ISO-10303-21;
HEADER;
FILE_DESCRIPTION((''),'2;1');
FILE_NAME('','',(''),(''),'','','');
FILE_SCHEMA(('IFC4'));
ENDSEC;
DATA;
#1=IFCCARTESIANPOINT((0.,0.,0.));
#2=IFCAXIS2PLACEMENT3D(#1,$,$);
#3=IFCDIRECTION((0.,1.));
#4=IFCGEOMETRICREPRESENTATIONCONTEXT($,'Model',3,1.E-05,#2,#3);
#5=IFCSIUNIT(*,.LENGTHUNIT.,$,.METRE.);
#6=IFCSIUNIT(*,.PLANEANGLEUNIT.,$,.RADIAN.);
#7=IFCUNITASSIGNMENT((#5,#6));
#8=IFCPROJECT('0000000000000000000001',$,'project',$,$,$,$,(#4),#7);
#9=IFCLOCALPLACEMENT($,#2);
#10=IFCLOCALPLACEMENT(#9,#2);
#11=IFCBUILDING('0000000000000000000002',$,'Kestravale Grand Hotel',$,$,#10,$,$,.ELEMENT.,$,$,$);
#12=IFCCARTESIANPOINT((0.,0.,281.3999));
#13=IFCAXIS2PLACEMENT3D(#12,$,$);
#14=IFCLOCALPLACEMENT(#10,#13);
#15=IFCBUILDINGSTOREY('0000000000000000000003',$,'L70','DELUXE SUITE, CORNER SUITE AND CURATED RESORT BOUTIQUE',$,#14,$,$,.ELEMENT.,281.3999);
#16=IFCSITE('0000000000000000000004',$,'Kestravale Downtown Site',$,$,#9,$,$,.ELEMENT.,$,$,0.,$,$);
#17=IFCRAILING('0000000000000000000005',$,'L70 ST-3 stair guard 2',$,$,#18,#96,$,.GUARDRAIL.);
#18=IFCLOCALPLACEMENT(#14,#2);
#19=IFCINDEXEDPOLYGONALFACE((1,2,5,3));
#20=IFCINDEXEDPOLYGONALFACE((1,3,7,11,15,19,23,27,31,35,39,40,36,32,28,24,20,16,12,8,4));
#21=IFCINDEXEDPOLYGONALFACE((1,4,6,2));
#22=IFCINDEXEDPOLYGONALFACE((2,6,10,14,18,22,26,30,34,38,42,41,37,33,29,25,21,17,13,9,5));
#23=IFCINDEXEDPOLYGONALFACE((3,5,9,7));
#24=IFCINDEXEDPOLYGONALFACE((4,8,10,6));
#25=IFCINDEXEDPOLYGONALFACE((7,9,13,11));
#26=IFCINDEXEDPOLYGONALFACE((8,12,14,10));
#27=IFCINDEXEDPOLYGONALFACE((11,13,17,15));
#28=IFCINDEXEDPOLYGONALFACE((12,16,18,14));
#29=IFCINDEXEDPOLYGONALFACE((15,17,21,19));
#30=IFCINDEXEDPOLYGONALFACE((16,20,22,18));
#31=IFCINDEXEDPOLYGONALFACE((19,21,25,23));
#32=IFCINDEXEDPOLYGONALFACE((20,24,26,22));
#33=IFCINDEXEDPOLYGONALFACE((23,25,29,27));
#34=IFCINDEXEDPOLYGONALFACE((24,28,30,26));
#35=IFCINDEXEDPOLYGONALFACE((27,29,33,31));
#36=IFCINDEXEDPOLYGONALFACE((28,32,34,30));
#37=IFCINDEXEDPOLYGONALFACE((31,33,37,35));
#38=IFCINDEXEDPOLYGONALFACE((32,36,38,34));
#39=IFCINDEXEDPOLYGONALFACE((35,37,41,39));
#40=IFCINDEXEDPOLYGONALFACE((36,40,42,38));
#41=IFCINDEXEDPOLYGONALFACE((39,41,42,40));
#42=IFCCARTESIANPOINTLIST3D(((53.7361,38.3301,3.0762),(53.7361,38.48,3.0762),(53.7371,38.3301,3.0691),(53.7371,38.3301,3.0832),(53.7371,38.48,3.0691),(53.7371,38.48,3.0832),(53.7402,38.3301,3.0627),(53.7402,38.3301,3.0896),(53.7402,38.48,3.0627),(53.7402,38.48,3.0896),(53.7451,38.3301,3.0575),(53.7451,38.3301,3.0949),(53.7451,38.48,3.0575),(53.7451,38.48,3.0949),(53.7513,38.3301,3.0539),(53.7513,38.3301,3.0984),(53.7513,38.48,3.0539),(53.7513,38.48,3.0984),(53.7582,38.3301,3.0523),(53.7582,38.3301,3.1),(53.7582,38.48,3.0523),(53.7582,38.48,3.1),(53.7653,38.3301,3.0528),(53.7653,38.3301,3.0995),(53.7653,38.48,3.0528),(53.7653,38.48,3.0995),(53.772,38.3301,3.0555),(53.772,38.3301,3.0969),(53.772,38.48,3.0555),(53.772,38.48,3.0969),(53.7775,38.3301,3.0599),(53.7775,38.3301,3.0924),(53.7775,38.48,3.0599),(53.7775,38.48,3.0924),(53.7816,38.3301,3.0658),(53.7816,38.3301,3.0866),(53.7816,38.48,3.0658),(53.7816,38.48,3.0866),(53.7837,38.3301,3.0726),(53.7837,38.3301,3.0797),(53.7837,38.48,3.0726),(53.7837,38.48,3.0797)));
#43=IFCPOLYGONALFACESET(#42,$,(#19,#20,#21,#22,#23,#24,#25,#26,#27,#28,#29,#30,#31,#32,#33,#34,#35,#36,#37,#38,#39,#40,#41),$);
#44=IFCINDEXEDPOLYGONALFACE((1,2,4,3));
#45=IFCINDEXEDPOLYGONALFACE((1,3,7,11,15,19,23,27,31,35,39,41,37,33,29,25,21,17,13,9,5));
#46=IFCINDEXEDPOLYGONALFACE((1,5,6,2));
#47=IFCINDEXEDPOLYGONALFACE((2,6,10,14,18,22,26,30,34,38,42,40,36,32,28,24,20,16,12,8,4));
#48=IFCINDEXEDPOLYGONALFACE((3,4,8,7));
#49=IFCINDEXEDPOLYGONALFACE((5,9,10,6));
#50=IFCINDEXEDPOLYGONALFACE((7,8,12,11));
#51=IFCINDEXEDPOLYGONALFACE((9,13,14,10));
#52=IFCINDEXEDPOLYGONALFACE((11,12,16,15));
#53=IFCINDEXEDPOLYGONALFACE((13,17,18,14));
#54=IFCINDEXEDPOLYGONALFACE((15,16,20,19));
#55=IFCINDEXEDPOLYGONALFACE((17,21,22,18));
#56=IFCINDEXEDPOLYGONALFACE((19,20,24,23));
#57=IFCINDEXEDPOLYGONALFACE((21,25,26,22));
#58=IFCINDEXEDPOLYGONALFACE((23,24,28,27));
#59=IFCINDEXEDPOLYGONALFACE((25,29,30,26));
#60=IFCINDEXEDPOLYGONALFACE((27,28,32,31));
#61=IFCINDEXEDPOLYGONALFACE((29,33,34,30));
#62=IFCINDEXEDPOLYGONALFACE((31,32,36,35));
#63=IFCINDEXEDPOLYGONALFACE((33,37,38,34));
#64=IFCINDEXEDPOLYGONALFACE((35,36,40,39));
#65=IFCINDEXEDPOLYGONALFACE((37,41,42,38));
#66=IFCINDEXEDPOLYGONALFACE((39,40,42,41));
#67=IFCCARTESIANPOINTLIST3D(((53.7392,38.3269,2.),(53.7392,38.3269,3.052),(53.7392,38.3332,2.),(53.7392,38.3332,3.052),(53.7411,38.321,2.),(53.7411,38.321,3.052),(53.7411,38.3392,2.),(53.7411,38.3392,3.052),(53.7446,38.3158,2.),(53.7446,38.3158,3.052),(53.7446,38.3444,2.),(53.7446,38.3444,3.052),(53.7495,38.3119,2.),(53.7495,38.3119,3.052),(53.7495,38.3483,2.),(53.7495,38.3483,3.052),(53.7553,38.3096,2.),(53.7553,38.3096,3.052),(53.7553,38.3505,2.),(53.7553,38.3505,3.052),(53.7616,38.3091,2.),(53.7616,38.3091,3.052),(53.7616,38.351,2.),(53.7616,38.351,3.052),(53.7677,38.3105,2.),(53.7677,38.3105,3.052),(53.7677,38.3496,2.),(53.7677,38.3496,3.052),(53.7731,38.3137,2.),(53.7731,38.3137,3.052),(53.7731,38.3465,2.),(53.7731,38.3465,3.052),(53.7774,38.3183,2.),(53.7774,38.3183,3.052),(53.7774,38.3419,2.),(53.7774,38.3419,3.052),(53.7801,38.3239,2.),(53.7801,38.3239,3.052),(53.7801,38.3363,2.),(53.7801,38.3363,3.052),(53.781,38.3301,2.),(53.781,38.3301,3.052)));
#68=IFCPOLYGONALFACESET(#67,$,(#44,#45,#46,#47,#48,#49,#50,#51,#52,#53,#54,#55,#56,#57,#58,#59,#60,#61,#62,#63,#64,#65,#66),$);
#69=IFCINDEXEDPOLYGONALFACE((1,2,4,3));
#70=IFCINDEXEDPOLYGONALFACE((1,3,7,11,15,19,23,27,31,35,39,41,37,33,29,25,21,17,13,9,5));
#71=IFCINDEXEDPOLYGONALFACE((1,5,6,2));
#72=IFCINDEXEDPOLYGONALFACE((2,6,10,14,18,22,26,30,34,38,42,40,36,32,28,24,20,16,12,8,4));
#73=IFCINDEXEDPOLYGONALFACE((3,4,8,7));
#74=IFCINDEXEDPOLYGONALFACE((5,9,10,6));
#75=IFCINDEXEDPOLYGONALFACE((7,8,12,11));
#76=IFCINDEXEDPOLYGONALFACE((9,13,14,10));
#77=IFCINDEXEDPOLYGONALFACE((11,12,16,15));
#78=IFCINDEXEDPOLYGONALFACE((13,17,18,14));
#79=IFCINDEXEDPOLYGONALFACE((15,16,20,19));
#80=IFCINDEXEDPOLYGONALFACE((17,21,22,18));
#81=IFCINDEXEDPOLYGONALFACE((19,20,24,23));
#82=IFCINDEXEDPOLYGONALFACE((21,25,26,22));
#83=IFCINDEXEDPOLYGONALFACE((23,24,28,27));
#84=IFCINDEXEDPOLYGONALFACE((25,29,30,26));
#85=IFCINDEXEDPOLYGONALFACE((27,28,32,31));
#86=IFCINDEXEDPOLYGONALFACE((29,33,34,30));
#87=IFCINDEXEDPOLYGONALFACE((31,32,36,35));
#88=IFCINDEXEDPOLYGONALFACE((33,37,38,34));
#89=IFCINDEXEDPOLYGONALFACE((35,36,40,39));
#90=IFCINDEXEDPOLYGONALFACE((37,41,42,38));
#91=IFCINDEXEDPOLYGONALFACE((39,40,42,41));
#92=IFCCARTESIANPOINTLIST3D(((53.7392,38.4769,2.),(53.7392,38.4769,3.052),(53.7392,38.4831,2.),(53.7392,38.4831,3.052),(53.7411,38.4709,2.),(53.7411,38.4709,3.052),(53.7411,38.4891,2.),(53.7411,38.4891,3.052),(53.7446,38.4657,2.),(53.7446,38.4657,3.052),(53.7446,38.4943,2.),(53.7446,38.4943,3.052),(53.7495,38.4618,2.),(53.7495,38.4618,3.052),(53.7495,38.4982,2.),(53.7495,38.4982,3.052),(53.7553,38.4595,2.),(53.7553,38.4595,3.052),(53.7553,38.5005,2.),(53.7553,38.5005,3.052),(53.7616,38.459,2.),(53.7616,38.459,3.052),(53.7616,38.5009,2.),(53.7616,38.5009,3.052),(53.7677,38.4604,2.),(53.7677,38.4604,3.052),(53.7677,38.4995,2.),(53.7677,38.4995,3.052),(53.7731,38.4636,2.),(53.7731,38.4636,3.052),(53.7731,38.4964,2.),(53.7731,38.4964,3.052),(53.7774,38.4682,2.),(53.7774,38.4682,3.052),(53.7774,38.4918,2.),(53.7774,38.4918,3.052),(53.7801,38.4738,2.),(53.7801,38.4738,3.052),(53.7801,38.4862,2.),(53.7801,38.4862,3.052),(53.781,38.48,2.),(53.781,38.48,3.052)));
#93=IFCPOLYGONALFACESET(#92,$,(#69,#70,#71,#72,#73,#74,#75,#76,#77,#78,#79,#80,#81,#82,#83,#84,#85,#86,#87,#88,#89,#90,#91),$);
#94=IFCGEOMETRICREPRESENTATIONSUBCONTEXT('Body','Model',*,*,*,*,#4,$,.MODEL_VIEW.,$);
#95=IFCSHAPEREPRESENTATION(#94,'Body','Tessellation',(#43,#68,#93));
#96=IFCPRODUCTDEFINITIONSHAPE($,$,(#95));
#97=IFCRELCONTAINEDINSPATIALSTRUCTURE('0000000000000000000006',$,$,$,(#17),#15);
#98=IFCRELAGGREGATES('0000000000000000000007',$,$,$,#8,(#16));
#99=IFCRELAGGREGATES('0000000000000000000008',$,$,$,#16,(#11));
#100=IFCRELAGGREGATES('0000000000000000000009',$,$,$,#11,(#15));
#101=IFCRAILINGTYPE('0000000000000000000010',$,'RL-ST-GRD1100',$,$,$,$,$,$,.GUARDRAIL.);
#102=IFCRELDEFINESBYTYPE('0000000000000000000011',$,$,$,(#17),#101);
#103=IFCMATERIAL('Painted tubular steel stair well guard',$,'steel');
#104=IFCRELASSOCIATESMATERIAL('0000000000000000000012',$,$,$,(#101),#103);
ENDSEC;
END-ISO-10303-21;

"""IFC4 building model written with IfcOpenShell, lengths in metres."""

from ifc_helpers import new_model, si_unit, direction, frame, origin, origin_2d, place, context, subcontext, project, spatial, circle, extrude, material, type_object, element, save


model = new_model("IFC4")

# Units and contexts
model_context = context("Model", 3, precision=1e-05, world=origin(), true_north=direction((0.0, 1.0)))
body_context = subcontext(model_context, "Body", "Model", "MODEL_VIEW")
ifc_project = project(units=[si_unit("LENGTHUNIT", "METRE"), si_unit("PLANEANGLEUNIT", "RADIAN")], contexts=[model_context])

# Site, building, storey
site_placement = place(None, origin())
site = spatial("IfcSite", under=ifc_project, at=site_placement, Name="Kestravale Downtown Site", CompositionType="ELEMENT", RefElevation=0.0)
building_placement = place(site_placement, origin())
building = spatial("IfcBuilding", under=site, at=building_placement, Name="Kestravale Grand Hotel", CompositionType="ELEMENT")
storey_placement = place(building_placement, frame((0.0, 0.0, 281.3999)))
storey = spatial("IfcBuildingStorey", under=building, at=storey_placement, Name="L70", Description="DELUXE SUITE, CORNER SUITE AND CURATED RESORT BOUTIQUE", CompositionType="ELEMENT", Elevation=281.3999)

# Railing
ifc_material_1 = material(Name="Painted tubular steel stair well guard", Category="steel")
railing_type_1 = type_object("IfcRailingType", Name="RL-ST-GRD1100", PredefinedType="GUARDRAIL", material=ifc_material_1)
railing_1_placement = place(storey_placement, frame((53.76, 38.3301, 2.0)))
element("IfcRailing", 1, at=railing_1_placement, inside=storey, type_object=railing_type_1, Name="L70 ST-3 stair guard 2", PredefinedType="GUARDRAIL", context=body_context, shape_type="SweptSolid", body=[
    extrude(circle(Radius=0.0239, at=origin_2d()), frame((0.0, 0.0, 1.0762), z_axis=(0.0, 1.0, 0.0), x_axis=(-1.0, 0.0, 0.0)), (0.0, 0.0, 1.0), 0.1499),
    extrude(circle(Radius=0.021, at=origin_2d()), origin(), (0.0, 0.0, 1.0), 1.052),
    extrude(circle(Radius=0.021, at=origin_2d()), frame((0.0, 0.1499, 0.0)), (0.0, 0.0, 1.0), 1.052),
])

save(model, "model.ifc")
